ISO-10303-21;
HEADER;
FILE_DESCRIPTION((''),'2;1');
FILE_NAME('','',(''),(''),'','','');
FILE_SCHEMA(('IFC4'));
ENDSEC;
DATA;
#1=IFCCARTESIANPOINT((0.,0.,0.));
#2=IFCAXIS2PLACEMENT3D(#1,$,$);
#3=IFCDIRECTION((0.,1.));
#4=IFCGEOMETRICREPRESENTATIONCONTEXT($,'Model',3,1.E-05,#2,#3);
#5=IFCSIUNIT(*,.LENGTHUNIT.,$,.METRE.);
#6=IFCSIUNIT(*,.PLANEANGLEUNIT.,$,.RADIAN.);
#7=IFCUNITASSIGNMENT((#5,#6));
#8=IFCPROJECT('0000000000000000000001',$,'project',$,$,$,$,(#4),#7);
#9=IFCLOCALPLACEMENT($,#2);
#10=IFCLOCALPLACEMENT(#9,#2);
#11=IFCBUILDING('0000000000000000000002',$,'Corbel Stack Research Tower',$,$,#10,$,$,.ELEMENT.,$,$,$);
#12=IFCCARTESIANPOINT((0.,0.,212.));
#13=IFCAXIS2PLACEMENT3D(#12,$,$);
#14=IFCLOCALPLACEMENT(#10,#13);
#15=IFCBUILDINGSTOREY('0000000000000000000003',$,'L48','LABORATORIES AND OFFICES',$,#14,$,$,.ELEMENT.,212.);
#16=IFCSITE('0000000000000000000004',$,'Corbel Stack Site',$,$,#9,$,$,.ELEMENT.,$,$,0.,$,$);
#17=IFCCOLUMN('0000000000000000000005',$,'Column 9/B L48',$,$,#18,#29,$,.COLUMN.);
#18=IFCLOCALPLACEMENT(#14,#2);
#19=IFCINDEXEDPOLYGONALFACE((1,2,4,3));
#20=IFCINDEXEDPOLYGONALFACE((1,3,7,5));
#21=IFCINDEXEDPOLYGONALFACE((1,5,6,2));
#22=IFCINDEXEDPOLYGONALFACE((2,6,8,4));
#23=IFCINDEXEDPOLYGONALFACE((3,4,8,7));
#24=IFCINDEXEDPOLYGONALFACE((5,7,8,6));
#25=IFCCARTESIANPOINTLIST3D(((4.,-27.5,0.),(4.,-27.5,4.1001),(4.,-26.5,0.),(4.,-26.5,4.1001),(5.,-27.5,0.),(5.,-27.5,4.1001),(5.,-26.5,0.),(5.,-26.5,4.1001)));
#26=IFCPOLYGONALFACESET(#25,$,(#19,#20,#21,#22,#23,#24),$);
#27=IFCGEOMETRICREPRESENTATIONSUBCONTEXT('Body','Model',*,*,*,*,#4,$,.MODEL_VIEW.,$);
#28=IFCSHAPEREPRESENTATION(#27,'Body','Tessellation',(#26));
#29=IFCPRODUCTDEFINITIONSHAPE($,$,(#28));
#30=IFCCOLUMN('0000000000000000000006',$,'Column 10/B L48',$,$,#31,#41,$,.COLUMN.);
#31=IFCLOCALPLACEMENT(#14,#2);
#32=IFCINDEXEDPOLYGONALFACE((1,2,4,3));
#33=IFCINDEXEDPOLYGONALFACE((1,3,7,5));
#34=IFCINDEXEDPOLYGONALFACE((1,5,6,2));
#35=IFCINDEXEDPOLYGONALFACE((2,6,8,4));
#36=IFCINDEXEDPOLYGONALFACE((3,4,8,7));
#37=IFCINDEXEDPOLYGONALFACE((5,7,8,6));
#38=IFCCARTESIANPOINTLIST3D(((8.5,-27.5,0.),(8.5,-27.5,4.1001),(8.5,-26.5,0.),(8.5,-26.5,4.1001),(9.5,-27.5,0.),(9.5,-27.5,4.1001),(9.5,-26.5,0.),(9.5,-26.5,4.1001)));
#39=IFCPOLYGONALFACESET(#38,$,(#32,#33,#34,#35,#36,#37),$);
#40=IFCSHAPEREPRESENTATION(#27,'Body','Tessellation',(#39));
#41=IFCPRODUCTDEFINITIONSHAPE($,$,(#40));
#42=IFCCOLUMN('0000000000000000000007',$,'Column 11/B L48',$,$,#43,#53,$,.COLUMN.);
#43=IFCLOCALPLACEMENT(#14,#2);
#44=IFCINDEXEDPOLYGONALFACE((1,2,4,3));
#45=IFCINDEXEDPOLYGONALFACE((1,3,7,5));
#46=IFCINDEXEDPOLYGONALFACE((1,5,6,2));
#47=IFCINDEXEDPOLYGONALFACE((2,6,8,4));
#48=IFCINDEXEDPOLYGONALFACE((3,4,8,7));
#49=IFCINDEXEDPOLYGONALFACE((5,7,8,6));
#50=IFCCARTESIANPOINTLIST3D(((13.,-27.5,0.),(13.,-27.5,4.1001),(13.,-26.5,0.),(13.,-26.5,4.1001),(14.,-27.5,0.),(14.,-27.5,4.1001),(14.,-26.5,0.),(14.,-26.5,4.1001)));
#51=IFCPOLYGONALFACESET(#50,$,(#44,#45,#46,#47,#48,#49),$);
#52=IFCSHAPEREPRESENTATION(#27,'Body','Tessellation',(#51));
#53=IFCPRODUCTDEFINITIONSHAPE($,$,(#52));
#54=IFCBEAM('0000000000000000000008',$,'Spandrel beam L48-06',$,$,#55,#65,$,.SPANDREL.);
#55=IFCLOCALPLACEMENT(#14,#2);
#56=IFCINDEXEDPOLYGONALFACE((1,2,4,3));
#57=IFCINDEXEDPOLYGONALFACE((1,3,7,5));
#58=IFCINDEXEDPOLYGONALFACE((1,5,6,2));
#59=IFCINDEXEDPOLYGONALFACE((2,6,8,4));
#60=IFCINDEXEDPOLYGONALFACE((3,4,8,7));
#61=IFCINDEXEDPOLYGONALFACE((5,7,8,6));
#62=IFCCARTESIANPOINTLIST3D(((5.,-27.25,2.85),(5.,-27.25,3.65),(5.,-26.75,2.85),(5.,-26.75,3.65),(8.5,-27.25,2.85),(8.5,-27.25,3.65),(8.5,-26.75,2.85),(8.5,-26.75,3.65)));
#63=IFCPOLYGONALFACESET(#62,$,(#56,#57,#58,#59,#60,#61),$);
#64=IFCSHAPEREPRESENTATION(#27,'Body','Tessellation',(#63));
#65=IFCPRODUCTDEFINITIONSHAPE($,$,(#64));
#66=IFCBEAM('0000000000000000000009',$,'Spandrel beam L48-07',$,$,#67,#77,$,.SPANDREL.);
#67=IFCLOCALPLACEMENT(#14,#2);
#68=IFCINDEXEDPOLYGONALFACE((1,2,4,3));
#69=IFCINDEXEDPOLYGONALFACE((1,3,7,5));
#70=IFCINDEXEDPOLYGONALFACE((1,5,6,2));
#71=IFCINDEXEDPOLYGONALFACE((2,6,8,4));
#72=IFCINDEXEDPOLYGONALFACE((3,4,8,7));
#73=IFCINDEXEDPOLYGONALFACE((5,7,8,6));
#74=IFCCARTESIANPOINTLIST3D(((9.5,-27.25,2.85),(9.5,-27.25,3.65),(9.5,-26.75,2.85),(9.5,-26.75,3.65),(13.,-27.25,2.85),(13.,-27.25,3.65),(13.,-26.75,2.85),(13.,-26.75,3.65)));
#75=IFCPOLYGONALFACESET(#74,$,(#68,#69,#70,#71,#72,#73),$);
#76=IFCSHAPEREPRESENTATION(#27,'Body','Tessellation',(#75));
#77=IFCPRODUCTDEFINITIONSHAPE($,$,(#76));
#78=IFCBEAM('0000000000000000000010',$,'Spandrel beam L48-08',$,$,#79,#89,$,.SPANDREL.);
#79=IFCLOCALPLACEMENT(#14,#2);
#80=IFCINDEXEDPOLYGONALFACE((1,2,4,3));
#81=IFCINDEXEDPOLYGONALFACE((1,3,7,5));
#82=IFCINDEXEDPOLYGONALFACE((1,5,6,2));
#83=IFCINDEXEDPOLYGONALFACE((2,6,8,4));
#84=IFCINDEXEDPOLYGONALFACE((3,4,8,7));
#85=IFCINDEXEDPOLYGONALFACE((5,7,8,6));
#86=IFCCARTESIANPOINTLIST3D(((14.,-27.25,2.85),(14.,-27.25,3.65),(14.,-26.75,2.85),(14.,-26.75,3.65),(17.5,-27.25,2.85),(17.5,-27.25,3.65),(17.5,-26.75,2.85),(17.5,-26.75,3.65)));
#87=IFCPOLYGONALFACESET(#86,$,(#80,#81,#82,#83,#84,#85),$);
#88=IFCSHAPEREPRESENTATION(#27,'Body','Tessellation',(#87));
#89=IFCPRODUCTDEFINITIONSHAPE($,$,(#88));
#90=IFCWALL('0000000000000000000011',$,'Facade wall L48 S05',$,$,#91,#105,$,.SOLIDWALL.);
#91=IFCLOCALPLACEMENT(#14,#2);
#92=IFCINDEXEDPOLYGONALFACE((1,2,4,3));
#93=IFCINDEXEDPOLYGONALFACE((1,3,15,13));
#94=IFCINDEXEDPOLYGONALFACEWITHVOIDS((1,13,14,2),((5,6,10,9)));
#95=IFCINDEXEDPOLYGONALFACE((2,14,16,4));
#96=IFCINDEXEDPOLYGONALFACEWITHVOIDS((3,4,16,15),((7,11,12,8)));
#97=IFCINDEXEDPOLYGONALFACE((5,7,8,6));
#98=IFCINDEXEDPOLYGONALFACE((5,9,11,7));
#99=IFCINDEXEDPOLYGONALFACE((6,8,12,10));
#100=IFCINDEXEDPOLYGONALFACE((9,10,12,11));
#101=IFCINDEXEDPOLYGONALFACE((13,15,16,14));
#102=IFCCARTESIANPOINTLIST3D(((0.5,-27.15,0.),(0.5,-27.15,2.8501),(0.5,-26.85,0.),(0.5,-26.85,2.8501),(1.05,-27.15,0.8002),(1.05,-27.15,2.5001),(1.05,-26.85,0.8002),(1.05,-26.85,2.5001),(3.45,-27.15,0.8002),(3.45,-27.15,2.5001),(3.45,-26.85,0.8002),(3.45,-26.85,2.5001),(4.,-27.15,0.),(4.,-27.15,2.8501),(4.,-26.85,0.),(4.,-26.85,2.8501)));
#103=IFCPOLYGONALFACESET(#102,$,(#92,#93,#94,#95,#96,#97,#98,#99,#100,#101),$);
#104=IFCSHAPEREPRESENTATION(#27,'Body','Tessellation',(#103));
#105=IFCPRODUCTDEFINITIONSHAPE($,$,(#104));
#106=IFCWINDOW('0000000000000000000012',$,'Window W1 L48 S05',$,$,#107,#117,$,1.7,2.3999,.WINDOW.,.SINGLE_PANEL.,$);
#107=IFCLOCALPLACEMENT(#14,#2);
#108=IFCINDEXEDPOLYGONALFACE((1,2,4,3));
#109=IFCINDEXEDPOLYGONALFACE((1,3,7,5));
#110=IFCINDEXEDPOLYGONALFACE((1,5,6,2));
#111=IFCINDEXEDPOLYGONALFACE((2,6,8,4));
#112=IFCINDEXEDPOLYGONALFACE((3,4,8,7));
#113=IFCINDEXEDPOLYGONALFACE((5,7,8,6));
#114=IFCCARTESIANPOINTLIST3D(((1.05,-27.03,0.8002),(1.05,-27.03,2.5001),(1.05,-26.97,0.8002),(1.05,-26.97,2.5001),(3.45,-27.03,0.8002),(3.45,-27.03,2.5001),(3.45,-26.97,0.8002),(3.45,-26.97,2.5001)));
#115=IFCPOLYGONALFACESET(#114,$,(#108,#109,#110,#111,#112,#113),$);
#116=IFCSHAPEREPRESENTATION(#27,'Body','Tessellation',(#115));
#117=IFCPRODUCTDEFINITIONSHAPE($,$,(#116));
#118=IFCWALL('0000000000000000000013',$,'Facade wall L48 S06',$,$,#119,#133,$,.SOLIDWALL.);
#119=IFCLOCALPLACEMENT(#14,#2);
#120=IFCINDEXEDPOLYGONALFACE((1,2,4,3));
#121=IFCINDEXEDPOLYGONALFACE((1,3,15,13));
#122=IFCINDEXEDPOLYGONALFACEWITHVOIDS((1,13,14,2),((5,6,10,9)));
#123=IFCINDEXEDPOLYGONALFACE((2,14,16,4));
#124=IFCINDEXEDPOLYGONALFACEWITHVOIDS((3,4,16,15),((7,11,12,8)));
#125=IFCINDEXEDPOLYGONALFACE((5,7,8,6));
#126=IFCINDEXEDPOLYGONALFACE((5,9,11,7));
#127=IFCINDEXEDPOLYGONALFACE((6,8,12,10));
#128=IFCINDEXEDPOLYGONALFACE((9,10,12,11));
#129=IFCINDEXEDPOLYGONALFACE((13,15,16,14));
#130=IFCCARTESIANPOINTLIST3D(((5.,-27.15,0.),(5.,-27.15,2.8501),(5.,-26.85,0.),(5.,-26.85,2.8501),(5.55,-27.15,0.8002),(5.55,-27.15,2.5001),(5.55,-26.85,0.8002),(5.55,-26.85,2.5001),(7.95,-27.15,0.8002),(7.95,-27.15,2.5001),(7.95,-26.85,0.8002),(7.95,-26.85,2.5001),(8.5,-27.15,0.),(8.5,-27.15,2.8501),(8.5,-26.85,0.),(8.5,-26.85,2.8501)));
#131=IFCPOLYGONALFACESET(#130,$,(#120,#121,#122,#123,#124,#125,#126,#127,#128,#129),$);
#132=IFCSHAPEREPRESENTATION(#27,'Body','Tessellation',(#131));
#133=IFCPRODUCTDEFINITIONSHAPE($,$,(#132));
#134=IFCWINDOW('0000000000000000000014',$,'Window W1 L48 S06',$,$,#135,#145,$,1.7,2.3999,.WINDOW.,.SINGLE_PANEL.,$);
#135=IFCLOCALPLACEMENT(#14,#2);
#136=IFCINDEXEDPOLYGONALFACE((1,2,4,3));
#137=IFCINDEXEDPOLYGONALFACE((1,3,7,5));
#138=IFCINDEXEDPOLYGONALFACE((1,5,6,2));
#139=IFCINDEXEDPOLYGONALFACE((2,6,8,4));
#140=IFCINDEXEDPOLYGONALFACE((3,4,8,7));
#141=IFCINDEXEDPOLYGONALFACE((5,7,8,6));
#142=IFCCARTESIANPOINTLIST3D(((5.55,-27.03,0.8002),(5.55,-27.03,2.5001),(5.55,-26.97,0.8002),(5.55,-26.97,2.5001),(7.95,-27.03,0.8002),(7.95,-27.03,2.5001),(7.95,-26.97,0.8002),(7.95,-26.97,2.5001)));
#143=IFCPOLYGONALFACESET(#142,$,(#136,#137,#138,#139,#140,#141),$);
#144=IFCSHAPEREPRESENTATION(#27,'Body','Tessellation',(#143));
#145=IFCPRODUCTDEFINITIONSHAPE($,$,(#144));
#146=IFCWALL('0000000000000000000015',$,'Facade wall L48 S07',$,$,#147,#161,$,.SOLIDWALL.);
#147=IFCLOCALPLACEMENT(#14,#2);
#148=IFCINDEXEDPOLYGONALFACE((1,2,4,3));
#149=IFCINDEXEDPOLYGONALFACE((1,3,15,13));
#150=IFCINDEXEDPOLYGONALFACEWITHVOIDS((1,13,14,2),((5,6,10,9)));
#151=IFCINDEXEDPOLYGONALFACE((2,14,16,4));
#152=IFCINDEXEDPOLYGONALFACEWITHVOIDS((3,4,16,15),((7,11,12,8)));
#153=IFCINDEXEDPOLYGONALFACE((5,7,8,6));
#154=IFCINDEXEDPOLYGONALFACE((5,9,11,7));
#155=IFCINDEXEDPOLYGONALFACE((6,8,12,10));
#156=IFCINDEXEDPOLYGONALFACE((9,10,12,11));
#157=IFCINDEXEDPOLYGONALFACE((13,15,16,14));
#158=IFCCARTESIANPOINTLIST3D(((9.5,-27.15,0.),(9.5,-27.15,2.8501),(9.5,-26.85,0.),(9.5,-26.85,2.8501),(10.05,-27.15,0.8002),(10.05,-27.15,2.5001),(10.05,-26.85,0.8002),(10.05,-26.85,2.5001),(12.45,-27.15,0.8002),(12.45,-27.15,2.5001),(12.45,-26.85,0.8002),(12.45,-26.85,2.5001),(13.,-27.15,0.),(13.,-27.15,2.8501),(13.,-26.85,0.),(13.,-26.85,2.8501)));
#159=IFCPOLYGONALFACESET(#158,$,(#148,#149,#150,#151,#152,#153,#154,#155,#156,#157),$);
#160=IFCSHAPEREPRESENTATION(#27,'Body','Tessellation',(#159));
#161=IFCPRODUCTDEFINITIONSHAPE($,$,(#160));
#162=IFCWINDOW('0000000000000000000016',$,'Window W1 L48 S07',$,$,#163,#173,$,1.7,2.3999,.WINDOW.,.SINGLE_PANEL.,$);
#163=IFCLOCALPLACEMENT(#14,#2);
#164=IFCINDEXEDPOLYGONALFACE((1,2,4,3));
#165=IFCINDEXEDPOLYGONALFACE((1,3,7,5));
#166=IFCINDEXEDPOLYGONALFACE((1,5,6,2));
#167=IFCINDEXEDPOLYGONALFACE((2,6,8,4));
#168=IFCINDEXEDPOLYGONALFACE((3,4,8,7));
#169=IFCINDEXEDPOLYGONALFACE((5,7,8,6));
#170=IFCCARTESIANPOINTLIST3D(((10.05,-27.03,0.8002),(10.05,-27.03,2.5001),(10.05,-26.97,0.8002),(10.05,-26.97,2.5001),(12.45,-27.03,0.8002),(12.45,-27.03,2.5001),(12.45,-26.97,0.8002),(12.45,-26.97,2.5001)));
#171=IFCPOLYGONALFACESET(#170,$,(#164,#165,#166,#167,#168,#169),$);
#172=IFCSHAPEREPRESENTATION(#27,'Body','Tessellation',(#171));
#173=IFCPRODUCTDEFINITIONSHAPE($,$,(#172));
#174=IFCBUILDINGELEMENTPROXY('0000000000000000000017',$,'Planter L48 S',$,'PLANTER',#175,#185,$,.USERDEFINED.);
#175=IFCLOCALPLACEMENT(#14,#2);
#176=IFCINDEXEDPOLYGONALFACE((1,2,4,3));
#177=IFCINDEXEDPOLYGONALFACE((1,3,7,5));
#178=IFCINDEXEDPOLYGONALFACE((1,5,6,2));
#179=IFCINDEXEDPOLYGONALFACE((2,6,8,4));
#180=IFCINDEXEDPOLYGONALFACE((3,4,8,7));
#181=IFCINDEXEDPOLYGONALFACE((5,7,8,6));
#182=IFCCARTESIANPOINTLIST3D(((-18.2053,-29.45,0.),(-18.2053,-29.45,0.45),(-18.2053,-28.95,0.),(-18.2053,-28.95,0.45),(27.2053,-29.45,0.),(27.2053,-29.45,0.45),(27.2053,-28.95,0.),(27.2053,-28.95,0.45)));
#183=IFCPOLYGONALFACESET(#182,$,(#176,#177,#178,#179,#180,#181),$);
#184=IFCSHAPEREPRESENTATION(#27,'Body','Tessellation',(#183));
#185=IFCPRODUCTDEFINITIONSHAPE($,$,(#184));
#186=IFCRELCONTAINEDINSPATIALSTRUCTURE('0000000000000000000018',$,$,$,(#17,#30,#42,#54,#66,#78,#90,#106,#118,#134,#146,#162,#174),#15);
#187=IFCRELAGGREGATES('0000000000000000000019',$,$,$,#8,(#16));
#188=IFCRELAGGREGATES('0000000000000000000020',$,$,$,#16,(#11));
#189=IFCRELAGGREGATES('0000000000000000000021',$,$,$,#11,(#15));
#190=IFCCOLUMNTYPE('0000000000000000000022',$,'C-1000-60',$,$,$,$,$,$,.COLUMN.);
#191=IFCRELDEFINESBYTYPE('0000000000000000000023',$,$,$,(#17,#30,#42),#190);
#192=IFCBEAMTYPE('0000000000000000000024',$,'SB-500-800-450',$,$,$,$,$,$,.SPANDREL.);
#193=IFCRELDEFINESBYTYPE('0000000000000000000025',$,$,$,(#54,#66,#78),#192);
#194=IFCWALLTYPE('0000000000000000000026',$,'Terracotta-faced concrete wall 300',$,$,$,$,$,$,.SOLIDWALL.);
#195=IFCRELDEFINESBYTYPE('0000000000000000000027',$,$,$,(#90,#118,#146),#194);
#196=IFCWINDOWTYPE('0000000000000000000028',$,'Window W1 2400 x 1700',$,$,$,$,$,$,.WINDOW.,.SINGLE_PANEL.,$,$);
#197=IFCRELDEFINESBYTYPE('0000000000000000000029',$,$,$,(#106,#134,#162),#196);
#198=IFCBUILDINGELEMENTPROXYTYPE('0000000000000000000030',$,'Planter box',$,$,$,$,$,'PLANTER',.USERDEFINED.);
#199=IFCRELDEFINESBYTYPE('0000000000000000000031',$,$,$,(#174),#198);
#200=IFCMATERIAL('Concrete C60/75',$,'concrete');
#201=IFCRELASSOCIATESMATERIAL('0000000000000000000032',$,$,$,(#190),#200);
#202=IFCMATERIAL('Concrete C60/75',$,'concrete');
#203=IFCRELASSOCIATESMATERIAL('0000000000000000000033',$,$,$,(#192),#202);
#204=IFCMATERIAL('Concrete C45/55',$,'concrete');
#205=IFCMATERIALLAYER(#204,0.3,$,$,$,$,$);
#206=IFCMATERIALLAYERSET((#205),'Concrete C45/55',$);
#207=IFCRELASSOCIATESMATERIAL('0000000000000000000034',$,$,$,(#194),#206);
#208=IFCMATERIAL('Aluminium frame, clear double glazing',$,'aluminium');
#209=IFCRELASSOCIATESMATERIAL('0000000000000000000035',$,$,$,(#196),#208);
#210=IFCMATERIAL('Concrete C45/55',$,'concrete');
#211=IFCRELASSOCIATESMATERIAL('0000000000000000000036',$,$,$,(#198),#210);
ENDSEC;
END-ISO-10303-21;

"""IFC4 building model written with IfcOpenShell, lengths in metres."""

from ifc_helpers import new_model, si_unit, direction, frame, frame_2d, origin, origin_2d, place, context, subcontext, project, spatial, rectangle, extrude, material, layer, layer_set, material_profile, profile_set, type_object, element, fill, save


model = new_model("IFC4")

# Units and contexts
model_context = context("Model", 3, precision=1e-05, world=origin(), true_north=direction((0.0, 1.0)))
body_context = subcontext(model_context, "Body", "Model", "MODEL_VIEW")
ifc_project = project(units=[si_unit("LENGTHUNIT", "METRE"), si_unit("PLANEANGLEUNIT", "RADIAN")], contexts=[model_context])

# Site, building, storey
site_placement = place(None, origin())
site = spatial("IfcSite", under=ifc_project, at=site_placement, Name="Corbel Stack Site", CompositionType="ELEMENT", RefElevation=0.0)
building_placement = place(site_placement, origin())
building = spatial("IfcBuilding", under=site, at=building_placement, Name="Corbel Stack Research Tower", CompositionType="ELEMENT")
storey_placement = place(building_placement, frame((0.0, 0.0, 212.0)))
storey = spatial("IfcBuildingStorey", under=building, at=storey_placement, Name="L48", Description="LABORATORIES AND OFFICES", CompositionType="ELEMENT", Elevation=212.0)

# Columns
ifc_material_1 = material(Name="Concrete C60/75", Category="concrete")
ifc_material_profile_1 = material_profile(ifc_material_1, rectangle(XDim=1.0, YDim=1.0, at=origin_2d()), Name="RC 1000 x 1000")
ifc_profile_set_1 = profile_set([ifc_material_profile_1], Name="Concrete C60/75")
column_type = type_object("IfcColumnType", Name="C-1000-60", PredefinedType="COLUMN", material=ifc_profile_set_1)
for number, where, z_axis, x_axis, name in (
    (1, (4.5, -27.0, 0.0), (0.0, 0.0, 1.0), (1.0, 0.0, 0.0), "Column 9/B L48"),
    (2, (9.0, -27.0, 0.0), (0.0, 0.0, 1.0), (1.0, 0.0, 0.0), "Column 10/B L48"),
    (3, (13.5, -27.0, 0.0), (0.0, 0.0, 1.0), (1.0, 0.0, 0.0), "Column 11/B L48"),
):
    element("IfcColumn", number, at=place(storey_placement, frame(where, z_axis=z_axis, x_axis=x_axis)), inside=storey, type_object=column_type, Name=name, PredefinedType="COLUMN", context=body_context, shape_type="SweptSolid", body=[
        extrude(rectangle(XDim=1.0, YDim=1.0, at=origin_2d()), origin(), (0.0, 0.0, 1.0), 4.1001),
    ])

# Beams
ifc_material_2 = material(Name="Concrete C60/75", Category="concrete")
ifc_material_profile_2 = material_profile(ifc_material_2, rectangle(XDim=0.5, YDim=0.8, at=origin_2d()), Name="RC 500 x 800")
ifc_profile_set_2 = profile_set([ifc_material_profile_2], Name="Concrete C60/75")
beam_type = type_object("IfcBeamType", Name="SB-500-800-450", PredefinedType="SPANDREL", material=ifc_profile_set_2)
for number, where, z_axis, x_axis, name in (
    (4, (5.0, -27.0, 3.25), (1.0, 0.0, 0.0), (0.0, 1.0, 0.0), "Spandrel beam L48-06"),
    (5, (9.5, -27.0, 3.25), (1.0, 0.0, 0.0), (0.0, 1.0, 0.0), "Spandrel beam L48-07"),
    (6, (14.0, -27.0, 3.25), (1.0, 0.0, 0.0), (0.0, 1.0, 0.0), "Spandrel beam L48-08"),
):
    element("IfcBeam", number, at=place(storey_placement, frame(where, z_axis=z_axis, x_axis=x_axis)), inside=storey, type_object=beam_type, Name=name, PredefinedType="SPANDREL", context=body_context, shape_type="SweptSolid", body=[
        extrude(rectangle(XDim=0.5, YDim=0.8, at=origin_2d()), origin(), (0.0, 0.0, 1.0), 3.5),
    ])

# Walls, openings, windows
ifc_material_3 = material(Name="Concrete C45/55", Category="concrete")
ifc_layer = layer(ifc_material_3, 0.3)
ifc_layer_set = layer_set([ifc_layer], Name="Concrete C45/55")
wall_type = type_object("IfcWallType", Name="Terracotta-faced concrete wall 300", PredefinedType="SOLIDWALL", material=ifc_layer_set)
wall_1_placement = place(storey_placement, frame((4.0, -27.0, 0.0), z_axis=(0.0, 0.0, 1.0), x_axis=(-1.0, 0.0, 0.0)))
wall_1 = element("IfcWall", 7, at=wall_1_placement, inside=storey, type_object=wall_type, Name="Facade wall L48 S05", PredefinedType="SOLIDWALL", context=body_context, shape_type="SweptSolid", body=[
    extrude(rectangle(XDim=3.5, YDim=0.3, at=frame_2d((1.75, 0.0))), origin(), (0.0, 0.0, 1.0), 2.8501),
])
opening_1_placement = place(wall_1_placement, frame((0.55, 0.0, 0.8)))
opening_1 = element("IfcOpeningElement", 8, at=opening_1_placement, cuts=wall_1, PredefinedType="OPENING", context=body_context, shape_type="SweptSolid", body=[
    extrude(rectangle(XDim=2.3999, YDim=1.7, at=frame_2d((1.2, 0.8501))), frame((0.0, 0.1599, 0.0), z_axis=(0.0, -1.0, 0.0), x_axis=(1.0, 0.0, 0.0)), (0.0, 0.0, 1.0), 0.3201),
])
ifc_material_4 = material(Name="Aluminium frame, clear double glazing", Category="aluminium")
window_type = type_object("IfcWindowType", Name="Window W1 2400 x 1700", PartitioningType="SINGLE_PANEL", PredefinedType="WINDOW", material=ifc_material_4)
window_1_placement = place(opening_1_placement, origin())
window_1 = element("IfcWindow", 9, at=window_1_placement, inside=storey, type_object=window_type, Name="Window W1 L48 S05", OverallHeight=1.7, OverallWidth=2.3999, PartitioningType="SINGLE_PANEL", PredefinedType="WINDOW", context=body_context, shape_type="SweptSolid", body=[
    extrude(rectangle(XDim=2.3999, YDim=1.7, at=frame_2d((1.2, 0.8501))), frame((0.0, 0.03, 0.0), z_axis=(0.0, -1.0, 0.0), x_axis=(1.0, 0.0, 0.0)), (0.0, 0.0, 1.0), 0.0601),
])
fill(opening_1, window_1)
wall_2_placement = place(storey_placement, frame((8.5, -27.0, 0.0), z_axis=(0.0, 0.0, 1.0), x_axis=(-1.0, 0.0, 0.0)))
wall_2 = element("IfcWall", 10, at=wall_2_placement, inside=storey, type_object=wall_type, Name="Facade wall L48 S06", PredefinedType="SOLIDWALL", context=body_context, shape_type="SweptSolid", body=[
    extrude(rectangle(XDim=3.5, YDim=0.3, at=frame_2d((1.75, 0.0))), origin(), (0.0, 0.0, 1.0), 2.8501),
])
opening_2_placement = place(wall_2_placement, frame((0.55, 0.0, 0.8)))
opening_2 = element("IfcOpeningElement", 11, at=opening_2_placement, cuts=wall_2, PredefinedType="OPENING", context=body_context, shape_type="SweptSolid", body=[
    extrude(rectangle(XDim=2.3999, YDim=1.7, at=frame_2d((1.2, 0.8501))), frame((0.0, 0.1599, 0.0), z_axis=(0.0, -1.0, 0.0), x_axis=(1.0, 0.0, 0.0)), (0.0, 0.0, 1.0), 0.3201),
])
window_2_placement = place(opening_2_placement, origin())
window_2 = element("IfcWindow", 12, at=window_2_placement, inside=storey, type_object=window_type, Name="Window W1 L48 S06", OverallHeight=1.7, OverallWidth=2.3999, PartitioningType="SINGLE_PANEL", PredefinedType="WINDOW", context=body_context, shape_type="SweptSolid", body=[
    extrude(rectangle(XDim=2.3999, YDim=1.7, at=frame_2d((1.2, 0.8501))), frame((0.0, 0.03, 0.0), z_axis=(0.0, -1.0, 0.0), x_axis=(1.0, 0.0, 0.0)), (0.0, 0.0, 1.0), 0.0601),
])
fill(opening_2, window_2)
wall_3_placement = place(storey_placement, frame((13.0, -27.0, 0.0), z_axis=(0.0, 0.0, 1.0), x_axis=(-1.0, 0.0, 0.0)))
wall_3 = element("IfcWall", 13, at=wall_3_placement, inside=storey, type_object=wall_type, Name="Facade wall L48 S07", PredefinedType="SOLIDWALL", context=body_context, shape_type="SweptSolid", body=[
    extrude(rectangle(XDim=3.5, YDim=0.3, at=frame_2d((1.75, 0.0))), origin(), (0.0, 0.0, 1.0), 2.8501),
])
opening_3_placement = place(wall_3_placement, frame((0.55, 0.0, 0.8)))
opening_3 = element("IfcOpeningElement", 14, at=opening_3_placement, cuts=wall_3, PredefinedType="OPENING", context=body_context, shape_type="SweptSolid", body=[
    extrude(rectangle(XDim=2.3999, YDim=1.7, at=frame_2d((1.2, 0.8501))), frame((0.0, 0.1599, 0.0), z_axis=(0.0, -1.0, 0.0), x_axis=(1.0, 0.0, 0.0)), (0.0, 0.0, 1.0), 0.3201),
])
window_3_placement = place(opening_3_placement, origin())
window_3 = element("IfcWindow", 15, at=window_3_placement, inside=storey, type_object=window_type, Name="Window W1 L48 S07", OverallHeight=1.7, OverallWidth=2.3999, PartitioningType="SINGLE_PANEL", PredefinedType="WINDOW", context=body_context, shape_type="SweptSolid", body=[
    extrude(rectangle(XDim=2.3999, YDim=1.7, at=frame_2d((1.2, 0.8501))), frame((0.0, 0.03, 0.0), z_axis=(0.0, -1.0, 0.0), x_axis=(1.0, 0.0, 0.0)), (0.0, 0.0, 1.0), 0.0601),
])
fill(opening_3, window_3)

# Building element proxy
ifc_material_5 = material(Name="Concrete C45/55", Category="concrete")
building_element_proxy_type = type_object("IfcBuildingElementProxyType", Name="Planter box", ElementType="PLANTER", PredefinedType="USERDEFINED", material=ifc_material_5)
proxy_placement = place(storey_placement, frame((4.5, -29.2, 0.0), z_axis=(0.0, 0.0, 1.0), x_axis=(1.0, 0.0, 0.0)))
element("IfcBuildingElementProxy", 16, at=proxy_placement, inside=storey, type_object=building_element_proxy_type, Name="Planter L48 S", ObjectType="PLANTER", PredefinedType="USERDEFINED", context=body_context, shape_type="SweptSolid", body=[
    extrude(rectangle(XDim=45.4106, YDim=0.5, at=origin_2d()), origin(), (0.0, 0.0, 1.0), 0.45),
])

save(model, "model.ifc")
